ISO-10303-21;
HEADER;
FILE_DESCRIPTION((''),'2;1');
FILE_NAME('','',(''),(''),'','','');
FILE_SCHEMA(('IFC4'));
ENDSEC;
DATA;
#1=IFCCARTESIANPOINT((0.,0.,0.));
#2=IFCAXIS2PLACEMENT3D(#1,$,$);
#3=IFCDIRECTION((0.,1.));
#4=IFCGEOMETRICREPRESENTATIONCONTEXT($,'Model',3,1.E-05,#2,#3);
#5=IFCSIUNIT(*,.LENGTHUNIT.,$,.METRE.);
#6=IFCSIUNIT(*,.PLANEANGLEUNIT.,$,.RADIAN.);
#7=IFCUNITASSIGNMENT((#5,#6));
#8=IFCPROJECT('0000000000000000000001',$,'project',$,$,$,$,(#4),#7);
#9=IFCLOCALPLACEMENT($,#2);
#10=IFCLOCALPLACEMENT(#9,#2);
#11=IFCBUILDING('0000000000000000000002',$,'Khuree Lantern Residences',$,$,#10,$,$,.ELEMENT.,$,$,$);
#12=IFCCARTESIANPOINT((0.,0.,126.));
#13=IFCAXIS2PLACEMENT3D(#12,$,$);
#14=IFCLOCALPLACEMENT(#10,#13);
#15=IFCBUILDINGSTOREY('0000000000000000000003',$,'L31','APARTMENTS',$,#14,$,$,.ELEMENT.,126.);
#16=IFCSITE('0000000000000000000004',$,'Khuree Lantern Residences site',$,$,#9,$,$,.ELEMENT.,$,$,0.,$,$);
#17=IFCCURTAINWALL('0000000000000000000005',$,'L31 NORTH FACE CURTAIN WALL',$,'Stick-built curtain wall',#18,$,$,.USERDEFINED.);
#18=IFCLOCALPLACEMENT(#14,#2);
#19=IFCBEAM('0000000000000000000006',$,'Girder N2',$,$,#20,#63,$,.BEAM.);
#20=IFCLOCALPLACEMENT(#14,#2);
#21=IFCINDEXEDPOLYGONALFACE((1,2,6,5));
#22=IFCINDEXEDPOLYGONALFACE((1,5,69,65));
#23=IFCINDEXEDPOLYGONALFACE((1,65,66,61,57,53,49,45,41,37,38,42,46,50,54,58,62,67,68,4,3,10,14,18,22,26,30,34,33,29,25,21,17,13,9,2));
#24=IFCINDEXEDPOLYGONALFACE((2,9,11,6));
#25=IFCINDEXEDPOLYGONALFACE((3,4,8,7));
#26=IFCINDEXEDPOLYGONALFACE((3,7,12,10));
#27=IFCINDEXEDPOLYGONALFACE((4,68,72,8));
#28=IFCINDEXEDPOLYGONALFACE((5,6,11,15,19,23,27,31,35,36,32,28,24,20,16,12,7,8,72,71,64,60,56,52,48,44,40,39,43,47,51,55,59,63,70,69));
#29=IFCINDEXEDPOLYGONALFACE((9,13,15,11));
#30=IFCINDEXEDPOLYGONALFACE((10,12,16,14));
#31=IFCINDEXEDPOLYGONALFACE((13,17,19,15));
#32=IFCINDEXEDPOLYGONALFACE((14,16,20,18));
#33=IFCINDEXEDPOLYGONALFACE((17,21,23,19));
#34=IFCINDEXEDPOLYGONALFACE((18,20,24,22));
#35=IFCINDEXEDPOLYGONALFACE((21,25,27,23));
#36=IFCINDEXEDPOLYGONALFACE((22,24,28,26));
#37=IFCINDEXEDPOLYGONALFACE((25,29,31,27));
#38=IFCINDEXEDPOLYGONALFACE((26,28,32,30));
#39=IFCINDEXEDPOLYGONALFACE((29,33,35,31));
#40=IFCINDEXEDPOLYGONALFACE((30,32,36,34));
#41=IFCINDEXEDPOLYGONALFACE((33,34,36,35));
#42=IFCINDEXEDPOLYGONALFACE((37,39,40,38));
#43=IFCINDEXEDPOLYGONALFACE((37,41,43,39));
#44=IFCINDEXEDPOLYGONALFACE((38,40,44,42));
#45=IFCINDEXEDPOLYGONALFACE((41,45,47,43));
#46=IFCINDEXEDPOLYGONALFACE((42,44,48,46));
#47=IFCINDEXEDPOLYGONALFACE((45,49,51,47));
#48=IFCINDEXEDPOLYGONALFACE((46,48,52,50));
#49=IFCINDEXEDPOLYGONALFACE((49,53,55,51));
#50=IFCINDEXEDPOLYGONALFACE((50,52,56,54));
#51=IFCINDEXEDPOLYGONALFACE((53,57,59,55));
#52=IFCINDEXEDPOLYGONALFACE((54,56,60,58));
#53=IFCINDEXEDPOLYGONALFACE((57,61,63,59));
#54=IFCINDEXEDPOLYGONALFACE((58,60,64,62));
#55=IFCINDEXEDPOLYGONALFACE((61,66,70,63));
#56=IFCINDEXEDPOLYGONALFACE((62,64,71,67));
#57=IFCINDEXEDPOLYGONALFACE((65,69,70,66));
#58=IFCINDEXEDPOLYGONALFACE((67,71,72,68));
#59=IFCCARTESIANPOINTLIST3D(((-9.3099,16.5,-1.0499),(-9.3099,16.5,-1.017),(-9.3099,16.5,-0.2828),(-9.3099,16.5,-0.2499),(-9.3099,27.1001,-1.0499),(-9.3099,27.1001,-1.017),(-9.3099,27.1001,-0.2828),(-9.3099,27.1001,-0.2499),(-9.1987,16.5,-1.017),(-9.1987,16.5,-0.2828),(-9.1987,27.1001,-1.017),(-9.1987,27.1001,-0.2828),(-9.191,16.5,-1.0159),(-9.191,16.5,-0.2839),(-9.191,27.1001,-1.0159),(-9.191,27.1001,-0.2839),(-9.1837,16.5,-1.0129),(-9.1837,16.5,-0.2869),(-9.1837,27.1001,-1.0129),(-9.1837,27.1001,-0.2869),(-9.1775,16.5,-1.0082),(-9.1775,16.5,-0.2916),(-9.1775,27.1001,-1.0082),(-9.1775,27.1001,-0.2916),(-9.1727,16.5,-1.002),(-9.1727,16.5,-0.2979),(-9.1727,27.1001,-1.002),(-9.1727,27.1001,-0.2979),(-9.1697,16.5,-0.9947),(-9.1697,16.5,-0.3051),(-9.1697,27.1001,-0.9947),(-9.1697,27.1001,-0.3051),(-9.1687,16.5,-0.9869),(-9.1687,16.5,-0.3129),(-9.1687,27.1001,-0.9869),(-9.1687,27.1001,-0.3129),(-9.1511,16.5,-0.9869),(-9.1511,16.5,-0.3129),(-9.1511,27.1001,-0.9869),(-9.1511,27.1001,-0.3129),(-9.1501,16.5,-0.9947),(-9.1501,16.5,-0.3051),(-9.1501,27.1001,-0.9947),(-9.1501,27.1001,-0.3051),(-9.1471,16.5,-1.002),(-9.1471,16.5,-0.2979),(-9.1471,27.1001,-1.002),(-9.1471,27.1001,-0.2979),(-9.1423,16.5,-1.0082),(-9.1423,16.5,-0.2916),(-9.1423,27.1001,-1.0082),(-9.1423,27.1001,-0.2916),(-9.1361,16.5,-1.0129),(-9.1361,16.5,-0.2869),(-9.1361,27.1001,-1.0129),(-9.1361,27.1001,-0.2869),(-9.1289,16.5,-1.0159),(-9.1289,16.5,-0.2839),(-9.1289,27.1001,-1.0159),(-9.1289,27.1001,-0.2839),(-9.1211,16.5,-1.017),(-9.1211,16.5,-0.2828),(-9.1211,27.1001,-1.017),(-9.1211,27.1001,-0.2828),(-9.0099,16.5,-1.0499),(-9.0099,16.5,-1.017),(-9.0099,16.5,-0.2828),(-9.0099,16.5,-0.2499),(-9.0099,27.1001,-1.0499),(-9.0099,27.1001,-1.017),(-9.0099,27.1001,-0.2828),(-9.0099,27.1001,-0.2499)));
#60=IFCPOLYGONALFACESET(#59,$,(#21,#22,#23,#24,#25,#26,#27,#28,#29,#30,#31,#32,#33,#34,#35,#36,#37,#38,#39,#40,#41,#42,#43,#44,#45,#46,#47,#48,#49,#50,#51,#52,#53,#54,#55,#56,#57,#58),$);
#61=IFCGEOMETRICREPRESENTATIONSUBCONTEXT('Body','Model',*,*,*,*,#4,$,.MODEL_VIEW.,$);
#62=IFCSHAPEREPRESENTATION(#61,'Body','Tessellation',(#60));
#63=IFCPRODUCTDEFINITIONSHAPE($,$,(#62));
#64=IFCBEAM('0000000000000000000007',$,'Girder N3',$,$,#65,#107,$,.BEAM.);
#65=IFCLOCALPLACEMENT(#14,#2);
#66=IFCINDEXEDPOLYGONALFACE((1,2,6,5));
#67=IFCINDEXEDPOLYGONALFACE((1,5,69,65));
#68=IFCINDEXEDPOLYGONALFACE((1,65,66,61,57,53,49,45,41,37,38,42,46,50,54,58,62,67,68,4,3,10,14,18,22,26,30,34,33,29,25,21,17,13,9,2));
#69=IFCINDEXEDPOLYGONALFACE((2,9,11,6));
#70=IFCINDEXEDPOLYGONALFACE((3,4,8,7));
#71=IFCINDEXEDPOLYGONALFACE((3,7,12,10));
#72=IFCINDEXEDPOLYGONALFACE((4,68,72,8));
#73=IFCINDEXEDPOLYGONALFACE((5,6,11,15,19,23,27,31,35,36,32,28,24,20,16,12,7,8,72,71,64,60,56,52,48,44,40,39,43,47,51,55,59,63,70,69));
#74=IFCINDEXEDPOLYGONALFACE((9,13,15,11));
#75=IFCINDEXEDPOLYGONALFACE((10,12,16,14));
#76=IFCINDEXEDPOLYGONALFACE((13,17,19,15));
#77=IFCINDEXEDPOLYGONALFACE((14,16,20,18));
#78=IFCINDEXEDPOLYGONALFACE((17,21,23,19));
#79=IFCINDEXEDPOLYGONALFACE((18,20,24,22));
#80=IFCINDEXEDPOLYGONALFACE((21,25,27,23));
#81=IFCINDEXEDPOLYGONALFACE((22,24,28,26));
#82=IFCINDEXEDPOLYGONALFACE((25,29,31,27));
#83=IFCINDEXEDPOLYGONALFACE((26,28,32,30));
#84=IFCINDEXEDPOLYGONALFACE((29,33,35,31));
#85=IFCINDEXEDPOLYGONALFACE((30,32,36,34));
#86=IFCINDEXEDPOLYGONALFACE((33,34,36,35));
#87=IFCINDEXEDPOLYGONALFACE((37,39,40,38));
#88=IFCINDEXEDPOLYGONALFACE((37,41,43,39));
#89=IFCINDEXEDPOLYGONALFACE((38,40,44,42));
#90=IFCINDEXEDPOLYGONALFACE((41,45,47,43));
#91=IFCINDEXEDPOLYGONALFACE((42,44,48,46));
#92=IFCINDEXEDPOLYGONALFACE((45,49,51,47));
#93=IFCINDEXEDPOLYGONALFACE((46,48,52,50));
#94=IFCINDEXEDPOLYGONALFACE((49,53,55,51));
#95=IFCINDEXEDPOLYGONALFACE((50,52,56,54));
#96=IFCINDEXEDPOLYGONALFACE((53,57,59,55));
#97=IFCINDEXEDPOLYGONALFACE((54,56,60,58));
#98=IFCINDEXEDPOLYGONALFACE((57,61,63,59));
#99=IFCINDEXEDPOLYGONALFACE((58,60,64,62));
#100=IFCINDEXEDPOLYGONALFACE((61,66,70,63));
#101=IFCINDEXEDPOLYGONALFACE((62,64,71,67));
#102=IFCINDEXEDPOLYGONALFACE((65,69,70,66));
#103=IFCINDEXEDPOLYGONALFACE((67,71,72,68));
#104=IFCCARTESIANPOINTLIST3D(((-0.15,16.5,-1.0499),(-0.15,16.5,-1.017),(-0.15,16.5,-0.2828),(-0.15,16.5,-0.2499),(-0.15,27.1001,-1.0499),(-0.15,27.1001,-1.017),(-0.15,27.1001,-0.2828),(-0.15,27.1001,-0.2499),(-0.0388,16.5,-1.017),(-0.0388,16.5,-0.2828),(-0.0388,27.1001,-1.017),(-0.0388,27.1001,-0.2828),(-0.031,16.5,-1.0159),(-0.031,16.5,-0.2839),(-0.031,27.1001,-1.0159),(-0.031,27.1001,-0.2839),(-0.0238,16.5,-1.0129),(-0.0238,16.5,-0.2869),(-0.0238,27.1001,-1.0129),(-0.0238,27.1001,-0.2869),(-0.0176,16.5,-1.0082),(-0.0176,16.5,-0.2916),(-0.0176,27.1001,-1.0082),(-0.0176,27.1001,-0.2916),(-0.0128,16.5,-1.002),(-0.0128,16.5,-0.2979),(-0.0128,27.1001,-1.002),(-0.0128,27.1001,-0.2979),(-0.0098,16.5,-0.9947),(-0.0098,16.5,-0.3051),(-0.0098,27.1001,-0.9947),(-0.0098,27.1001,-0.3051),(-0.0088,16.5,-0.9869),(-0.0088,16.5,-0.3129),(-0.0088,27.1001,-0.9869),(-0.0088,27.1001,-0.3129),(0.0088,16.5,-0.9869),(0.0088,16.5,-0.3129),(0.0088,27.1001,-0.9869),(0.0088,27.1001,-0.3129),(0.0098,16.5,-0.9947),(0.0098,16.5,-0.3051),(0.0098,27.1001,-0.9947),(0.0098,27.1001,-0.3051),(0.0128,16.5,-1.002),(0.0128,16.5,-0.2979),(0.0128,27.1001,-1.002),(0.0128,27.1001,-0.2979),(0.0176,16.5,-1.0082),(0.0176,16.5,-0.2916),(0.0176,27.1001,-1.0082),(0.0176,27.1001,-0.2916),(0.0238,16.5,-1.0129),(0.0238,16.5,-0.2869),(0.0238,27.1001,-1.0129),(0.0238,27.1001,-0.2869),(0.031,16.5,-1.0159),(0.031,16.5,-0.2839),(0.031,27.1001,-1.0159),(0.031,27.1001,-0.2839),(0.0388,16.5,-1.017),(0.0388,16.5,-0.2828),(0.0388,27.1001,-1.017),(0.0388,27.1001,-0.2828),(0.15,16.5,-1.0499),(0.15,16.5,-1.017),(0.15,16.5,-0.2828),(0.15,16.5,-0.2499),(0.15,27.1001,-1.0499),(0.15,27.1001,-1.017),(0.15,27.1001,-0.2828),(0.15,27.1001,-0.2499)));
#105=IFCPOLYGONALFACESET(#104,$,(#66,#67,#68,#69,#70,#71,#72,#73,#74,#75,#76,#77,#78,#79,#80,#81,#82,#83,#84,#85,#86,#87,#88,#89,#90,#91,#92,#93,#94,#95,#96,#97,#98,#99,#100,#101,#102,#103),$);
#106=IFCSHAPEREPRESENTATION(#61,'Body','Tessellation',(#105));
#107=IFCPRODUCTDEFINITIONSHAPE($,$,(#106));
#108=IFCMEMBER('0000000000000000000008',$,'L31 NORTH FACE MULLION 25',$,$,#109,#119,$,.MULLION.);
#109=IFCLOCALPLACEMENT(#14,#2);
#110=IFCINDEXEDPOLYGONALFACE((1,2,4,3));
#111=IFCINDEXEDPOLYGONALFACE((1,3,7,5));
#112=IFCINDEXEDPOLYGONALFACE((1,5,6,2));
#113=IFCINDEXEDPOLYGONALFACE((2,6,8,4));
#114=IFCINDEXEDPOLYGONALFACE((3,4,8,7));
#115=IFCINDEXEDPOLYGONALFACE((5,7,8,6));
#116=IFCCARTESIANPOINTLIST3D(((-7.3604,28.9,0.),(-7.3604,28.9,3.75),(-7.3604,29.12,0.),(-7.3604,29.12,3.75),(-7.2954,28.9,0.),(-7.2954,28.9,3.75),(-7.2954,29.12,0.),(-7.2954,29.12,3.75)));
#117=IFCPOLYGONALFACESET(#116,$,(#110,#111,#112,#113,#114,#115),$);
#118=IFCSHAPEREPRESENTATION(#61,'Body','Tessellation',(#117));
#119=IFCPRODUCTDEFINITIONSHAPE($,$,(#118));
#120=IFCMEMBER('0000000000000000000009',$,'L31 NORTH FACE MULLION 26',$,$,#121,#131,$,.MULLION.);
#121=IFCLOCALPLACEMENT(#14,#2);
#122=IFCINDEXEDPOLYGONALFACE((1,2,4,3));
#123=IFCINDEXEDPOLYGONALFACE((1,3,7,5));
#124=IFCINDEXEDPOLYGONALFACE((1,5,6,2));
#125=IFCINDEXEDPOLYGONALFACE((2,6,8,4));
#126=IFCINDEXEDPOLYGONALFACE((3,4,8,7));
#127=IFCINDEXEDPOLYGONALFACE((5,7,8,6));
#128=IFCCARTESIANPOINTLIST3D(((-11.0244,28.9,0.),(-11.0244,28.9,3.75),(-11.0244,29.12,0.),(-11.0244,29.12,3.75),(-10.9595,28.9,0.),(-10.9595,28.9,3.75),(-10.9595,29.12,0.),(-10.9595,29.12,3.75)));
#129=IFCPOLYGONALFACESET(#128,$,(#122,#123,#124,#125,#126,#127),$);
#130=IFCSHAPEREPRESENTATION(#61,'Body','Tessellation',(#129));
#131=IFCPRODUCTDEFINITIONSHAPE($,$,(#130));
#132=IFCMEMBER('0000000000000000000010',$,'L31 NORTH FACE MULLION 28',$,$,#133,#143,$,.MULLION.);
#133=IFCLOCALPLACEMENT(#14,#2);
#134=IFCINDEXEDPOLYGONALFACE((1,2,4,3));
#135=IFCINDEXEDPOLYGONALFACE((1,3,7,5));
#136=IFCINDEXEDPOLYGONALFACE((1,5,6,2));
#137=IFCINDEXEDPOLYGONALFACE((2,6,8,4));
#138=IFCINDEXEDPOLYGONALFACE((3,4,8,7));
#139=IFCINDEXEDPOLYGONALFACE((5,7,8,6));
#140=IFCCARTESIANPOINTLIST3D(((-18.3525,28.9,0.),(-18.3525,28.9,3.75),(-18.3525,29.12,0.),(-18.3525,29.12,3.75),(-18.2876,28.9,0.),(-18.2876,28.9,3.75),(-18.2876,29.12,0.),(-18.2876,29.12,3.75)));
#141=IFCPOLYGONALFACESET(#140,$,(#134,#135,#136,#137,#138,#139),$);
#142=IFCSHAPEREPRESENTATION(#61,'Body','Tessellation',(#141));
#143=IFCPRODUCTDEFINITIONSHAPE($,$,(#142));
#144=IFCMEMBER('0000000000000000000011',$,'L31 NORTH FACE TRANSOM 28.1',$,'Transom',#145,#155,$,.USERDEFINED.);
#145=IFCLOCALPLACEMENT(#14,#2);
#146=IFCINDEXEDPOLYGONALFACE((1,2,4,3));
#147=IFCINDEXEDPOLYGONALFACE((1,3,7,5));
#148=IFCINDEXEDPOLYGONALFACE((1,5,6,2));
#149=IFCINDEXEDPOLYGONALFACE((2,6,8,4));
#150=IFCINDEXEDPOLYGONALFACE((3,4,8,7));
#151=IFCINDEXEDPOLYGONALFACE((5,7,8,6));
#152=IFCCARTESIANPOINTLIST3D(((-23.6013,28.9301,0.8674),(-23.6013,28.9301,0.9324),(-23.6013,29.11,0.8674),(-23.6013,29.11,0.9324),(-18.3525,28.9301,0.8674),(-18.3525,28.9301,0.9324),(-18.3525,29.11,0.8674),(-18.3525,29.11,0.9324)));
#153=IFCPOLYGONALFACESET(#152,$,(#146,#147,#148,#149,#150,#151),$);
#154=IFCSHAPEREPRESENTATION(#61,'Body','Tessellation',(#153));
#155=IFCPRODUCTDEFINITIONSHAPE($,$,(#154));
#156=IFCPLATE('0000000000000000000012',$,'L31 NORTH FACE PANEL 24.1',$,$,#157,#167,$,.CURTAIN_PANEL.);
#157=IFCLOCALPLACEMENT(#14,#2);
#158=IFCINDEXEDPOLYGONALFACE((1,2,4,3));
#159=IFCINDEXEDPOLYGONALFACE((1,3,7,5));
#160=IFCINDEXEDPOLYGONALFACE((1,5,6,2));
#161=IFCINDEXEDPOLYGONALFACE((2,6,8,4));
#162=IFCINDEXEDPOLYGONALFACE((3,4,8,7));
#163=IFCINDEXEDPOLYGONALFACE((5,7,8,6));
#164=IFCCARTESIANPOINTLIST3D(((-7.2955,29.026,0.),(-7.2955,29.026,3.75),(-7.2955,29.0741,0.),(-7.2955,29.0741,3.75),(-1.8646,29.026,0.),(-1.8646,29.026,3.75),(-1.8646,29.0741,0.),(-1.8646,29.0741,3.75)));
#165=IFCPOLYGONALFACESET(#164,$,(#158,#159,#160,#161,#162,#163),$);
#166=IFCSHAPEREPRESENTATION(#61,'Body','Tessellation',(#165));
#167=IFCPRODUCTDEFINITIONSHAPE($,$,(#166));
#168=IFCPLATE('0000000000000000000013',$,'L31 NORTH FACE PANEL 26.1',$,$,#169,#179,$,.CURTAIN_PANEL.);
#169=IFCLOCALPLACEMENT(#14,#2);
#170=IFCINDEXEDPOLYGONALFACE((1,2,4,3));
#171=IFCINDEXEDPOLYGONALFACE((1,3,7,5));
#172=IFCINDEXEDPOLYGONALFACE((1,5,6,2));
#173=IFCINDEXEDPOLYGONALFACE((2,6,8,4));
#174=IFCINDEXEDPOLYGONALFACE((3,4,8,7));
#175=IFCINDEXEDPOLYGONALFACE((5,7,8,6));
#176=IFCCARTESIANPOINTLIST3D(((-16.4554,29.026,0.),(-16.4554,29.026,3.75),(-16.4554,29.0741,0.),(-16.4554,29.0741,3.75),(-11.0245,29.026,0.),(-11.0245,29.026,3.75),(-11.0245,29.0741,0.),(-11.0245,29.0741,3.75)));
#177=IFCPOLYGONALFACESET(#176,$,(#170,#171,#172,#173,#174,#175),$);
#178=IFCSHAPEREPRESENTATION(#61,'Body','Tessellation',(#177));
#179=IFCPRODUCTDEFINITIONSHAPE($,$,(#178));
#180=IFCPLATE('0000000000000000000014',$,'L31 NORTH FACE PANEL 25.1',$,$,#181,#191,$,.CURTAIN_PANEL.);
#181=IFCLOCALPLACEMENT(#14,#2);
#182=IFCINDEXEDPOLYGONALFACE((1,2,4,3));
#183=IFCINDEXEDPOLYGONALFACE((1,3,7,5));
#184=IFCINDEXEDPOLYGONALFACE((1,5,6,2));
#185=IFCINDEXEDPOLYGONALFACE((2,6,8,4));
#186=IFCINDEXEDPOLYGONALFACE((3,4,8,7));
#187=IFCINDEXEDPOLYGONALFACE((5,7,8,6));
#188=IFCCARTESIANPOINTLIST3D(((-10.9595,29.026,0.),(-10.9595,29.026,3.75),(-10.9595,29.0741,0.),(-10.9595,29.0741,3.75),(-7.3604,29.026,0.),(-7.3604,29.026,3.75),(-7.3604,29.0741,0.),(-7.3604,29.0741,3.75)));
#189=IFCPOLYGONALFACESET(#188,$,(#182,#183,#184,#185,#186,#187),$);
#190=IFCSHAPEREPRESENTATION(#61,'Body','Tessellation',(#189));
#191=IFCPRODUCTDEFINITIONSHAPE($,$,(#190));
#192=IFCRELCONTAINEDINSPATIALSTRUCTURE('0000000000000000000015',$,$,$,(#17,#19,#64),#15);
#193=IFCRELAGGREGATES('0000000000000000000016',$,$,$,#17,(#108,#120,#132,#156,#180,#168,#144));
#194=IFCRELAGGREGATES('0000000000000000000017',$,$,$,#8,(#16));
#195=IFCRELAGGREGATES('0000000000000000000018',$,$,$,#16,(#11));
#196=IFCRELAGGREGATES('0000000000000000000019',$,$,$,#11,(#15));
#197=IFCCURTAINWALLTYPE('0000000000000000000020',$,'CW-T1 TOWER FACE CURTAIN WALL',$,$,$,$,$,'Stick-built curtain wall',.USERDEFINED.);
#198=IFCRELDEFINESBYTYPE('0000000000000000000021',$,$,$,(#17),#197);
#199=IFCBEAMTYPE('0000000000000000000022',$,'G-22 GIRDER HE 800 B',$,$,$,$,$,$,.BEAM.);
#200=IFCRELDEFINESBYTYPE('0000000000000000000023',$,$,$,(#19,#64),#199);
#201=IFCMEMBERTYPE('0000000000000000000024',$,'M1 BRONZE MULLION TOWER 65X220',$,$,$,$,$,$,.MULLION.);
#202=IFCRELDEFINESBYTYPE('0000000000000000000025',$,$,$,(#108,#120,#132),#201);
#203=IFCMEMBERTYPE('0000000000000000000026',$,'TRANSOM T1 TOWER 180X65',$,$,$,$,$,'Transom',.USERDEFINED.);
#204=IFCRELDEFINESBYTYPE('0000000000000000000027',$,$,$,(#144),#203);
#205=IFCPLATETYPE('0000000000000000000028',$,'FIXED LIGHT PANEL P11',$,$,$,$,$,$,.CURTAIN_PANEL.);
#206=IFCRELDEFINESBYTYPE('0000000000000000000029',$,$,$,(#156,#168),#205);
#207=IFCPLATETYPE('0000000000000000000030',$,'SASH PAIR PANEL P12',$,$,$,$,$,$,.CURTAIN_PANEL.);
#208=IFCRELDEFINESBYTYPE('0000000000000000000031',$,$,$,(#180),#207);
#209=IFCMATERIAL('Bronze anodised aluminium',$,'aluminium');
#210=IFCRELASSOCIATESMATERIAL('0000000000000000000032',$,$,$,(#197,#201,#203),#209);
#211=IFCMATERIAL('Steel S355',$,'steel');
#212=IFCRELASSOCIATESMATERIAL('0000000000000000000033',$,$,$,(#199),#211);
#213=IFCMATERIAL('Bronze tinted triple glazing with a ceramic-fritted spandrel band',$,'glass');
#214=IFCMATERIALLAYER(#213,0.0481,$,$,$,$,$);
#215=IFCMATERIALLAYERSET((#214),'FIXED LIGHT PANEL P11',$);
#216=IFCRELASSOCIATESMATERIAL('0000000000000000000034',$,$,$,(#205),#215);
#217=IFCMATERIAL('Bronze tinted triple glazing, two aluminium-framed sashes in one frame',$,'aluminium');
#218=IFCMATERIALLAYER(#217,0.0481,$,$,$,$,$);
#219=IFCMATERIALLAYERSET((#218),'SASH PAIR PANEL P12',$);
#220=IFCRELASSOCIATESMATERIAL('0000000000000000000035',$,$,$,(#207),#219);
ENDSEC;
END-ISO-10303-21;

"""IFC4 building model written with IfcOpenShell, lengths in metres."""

from ifc_helpers import new_model, si_unit, direction, frame, origin, origin_2d, place, context, subcontext, project, spatial, rectangle, i_section, extrude, material, layer, layer_set, material_profile, profile_set, type_object, element, aggregate, save


model = new_model("IFC4")

# Units and contexts
model_context = context("Model", 3, precision=1e-05, world=origin(), true_north=direction((0.0, 1.0)))
body_context = subcontext(model_context, "Body", "Model", "MODEL_VIEW")
ifc_project = project(units=[si_unit("LENGTHUNIT", "METRE"), si_unit("PLANEANGLEUNIT", "RADIAN")], contexts=[model_context])

# Site, building, storey
site_placement = place(None, origin())
site = spatial("IfcSite", under=ifc_project, at=site_placement, Name="Khuree Lantern Residences site", CompositionType="ELEMENT", RefElevation=0.0)
building_placement = place(site_placement, origin())
building = spatial("IfcBuilding", under=site, at=building_placement, Name="Khuree Lantern Residences", CompositionType="ELEMENT")
storey_placement = place(building_placement, frame((0.0, 0.0, 126.0)))
storey = spatial("IfcBuildingStorey", under=building, at=storey_placement, Name="L31", Description="APARTMENTS", CompositionType="ELEMENT", Elevation=126.0)

# Shared definitions
ifc_material_1 = material(Name="Steel S355", Category="steel")

# Curtain wall
ifc_material_2 = material(Name="Bronze anodised aluminium", Category="aluminium")
curtain_wall_type = type_object("IfcCurtainWallType", Name="CW-T1 TOWER FACE CURTAIN WALL", ElementType="Stick-built curtain wall", PredefinedType="USERDEFINED", material=ifc_material_2)
curtain_wall_placement = place(storey_placement, origin())
curtain_wall = element("IfcCurtainWall", 1, at=curtain_wall_placement, inside=storey, type_object=curtain_wall_type, Name="L31 NORTH FACE CURTAIN WALL", ObjectType="Stick-built curtain wall", PredefinedType="USERDEFINED")

# Beams
ifc_material_profile_1 = material_profile(ifc_material_1, i_section(OverallWidth=0.3, OverallDepth=0.8, WebThickness=0.0176, FlangeThickness=0.033, FilletRadius=0.03, at=origin_2d()), Name="HE 800 B")
ifc_profile_set_1 = profile_set([ifc_material_profile_1], Name="Steel S355")
beam_type_1 = type_object("IfcBeamType", Name="G-22 GIRDER HE 800 B", PredefinedType="BEAM", material=ifc_profile_set_1)
for number, where, z_axis, x_axis, name in (
    (2, (-9.1599, 27.1001, -0.6499), (0.0, -1.0, 0.0), (1.0, 0.0, 0.0), "Girder N2"),
    (3, (0.0, 27.1001, -0.6499), (0.0, -1.0, 0.0), (1.0, 0.0, 0.0), "Girder N3"),
):
    element("IfcBeam", number, at=place(storey_placement, frame(where, z_axis=z_axis, x_axis=x_axis)), inside=storey, type_object=beam_type_1, Name=name, PredefinedType="BEAM", context=body_context, shape_type="SweptSolid", body=[
        extrude(i_section(OverallWidth=0.3, OverallDepth=0.8, WebThickness=0.0176, FlangeThickness=0.033, FilletRadius=0.03, at=origin_2d()), origin(), (0.0, 0.0, 1.0), 10.6001),
    ])

# Members
ifc_material_profile_2 = material_profile(ifc_material_2, rectangle(XDim=0.0649, YDim=0.22, at=origin_2d()), Name="M1 65X220")
ifc_profile_set_2 = profile_set([ifc_material_profile_2], Name="Bronze anodised aluminium")
member_type_1 = type_object("IfcMemberType", Name="M1 BRONZE MULLION TOWER 65X220", PredefinedType="MULLION", material=ifc_profile_set_2)
member_1_placement = place(storey_placement, frame((-7.3279, 29.01, 0.0), z_axis=(0.0, 0.0, 1.0), x_axis=(-1.0, 0.0, 0.0)))
member_1 = element("IfcMember", 4, at=member_1_placement, type_object=member_type_1, Name="L31 NORTH FACE MULLION 25", PredefinedType="MULLION", context=body_context, shape_type="SweptSolid", body=[
    extrude(rectangle(XDim=0.0649, YDim=0.22, at=origin_2d()), origin(), (0.0, 0.0, 1.0), 3.75),
])
member_2_placement = place(storey_placement, frame((-10.9919, 29.01, 0.0), z_axis=(0.0, 0.0, 1.0), x_axis=(-1.0, 0.0, 0.0)))
member_2 = element("IfcMember", 5, at=member_2_placement, type_object=member_type_1, Name="L31 NORTH FACE MULLION 26", PredefinedType="MULLION", context=body_context, shape_type="SweptSolid", body=[
    extrude(rectangle(XDim=0.0649, YDim=0.22, at=origin_2d()), origin(), (0.0, 0.0, 1.0), 3.75),
])
member_3_placement = place(storey_placement, frame((-18.3201, 29.01, 0.0), z_axis=(0.0, 0.0, 1.0), x_axis=(-1.0, 0.0, 0.0)))
member_3 = element("IfcMember", 6, at=member_3_placement, type_object=member_type_1, Name="L31 NORTH FACE MULLION 28", PredefinedType="MULLION", context=body_context, shape_type="SweptSolid", body=[
    extrude(rectangle(XDim=0.0649, YDim=0.22, at=origin_2d()), origin(), (0.0, 0.0, 1.0), 3.75),
])
ifc_material_profile_3 = material_profile(ifc_material_2, rectangle(XDim=0.1799, YDim=0.0649, at=origin_2d()), Name="T1 180X65")
ifc_profile_set_3 = profile_set([ifc_material_profile_3], Name="Bronze anodised aluminium")
member_type_2 = type_object("IfcMemberType", Name="TRANSOM T1 TOWER 180X65", ElementType="Transom", PredefinedType="USERDEFINED", material=ifc_profile_set_3)
member_4_placement = place(storey_placement, frame((-18.3525, 29.02, 0.8999), z_axis=(-1.0, 0.0, 0.0), x_axis=(0.0, -1.0, 0.0)))
member_4 = element("IfcMember", 7, at=member_4_placement, type_object=member_type_2, Name="L31 NORTH FACE TRANSOM 28.1", ObjectType="Transom", PredefinedType="USERDEFINED", context=body_context, shape_type="SweptSolid", body=[
    extrude(rectangle(XDim=0.1799, YDim=0.0649, at=origin_2d()), origin(), (0.0, 0.0, 1.0), 5.2488),
])

# Plates
ifc_material_3 = material(Name="Bronze tinted triple glazing with a ceramic-fritted spandrel band", Category="glass")
ifc_layer_1 = layer(ifc_material_3, 0.0481)
ifc_layer_set_1 = layer_set([ifc_layer_1], Name="FIXED LIGHT PANEL P11")
plate_type_1 = type_object("IfcPlateType", Name="FIXED LIGHT PANEL P11", PredefinedType="CURTAIN_PANEL", material=ifc_layer_set_1)
plate_1_placement = place(storey_placement, frame((-4.5801, 29.05, 0.0), z_axis=(0.0, 0.0, 1.0), x_axis=(-1.0, 0.0, 0.0)))
plate_1 = element("IfcPlate", 8, at=plate_1_placement, type_object=plate_type_1, Name="L31 NORTH FACE PANEL 24.1", PredefinedType="CURTAIN_PANEL", context=body_context, shape_type="SweptSolid", body=[
    extrude(rectangle(XDim=5.4309, YDim=0.0481, at=origin_2d()), origin(), (0.0, 0.0, 1.0), 3.75),
])
plate_2_placement = place(storey_placement, frame((-13.74, 29.05, 0.0), z_axis=(0.0, 0.0, 1.0), x_axis=(-1.0, 0.0, 0.0)))
plate_2 = element("IfcPlate", 9, at=plate_2_placement, type_object=plate_type_1, Name="L31 NORTH FACE PANEL 26.1", PredefinedType="CURTAIN_PANEL", context=body_context, shape_type="SweptSolid", body=[
    extrude(rectangle(XDim=5.4309, YDim=0.0481, at=origin_2d()), origin(), (0.0, 0.0, 1.0), 3.75),
])
ifc_material_4 = material(Name="Bronze tinted triple glazing, two aluminium-framed sashes in one frame", Category="aluminium")
ifc_layer_2 = layer(ifc_material_4, 0.0481)
ifc_layer_set_2 = layer_set([ifc_layer_2], Name="SASH PAIR PANEL P12")
plate_type_2 = type_object("IfcPlateType", Name="SASH PAIR PANEL P12", PredefinedType="CURTAIN_PANEL", material=ifc_layer_set_2)
plate_3_placement = place(storey_placement, frame((-9.1599, 29.05, 0.0), z_axis=(0.0, 0.0, 1.0), x_axis=(-1.0, 0.0, 0.0)))
plate_3 = element("IfcPlate", 10, at=plate_3_placement, type_object=plate_type_2, Name="L31 NORTH FACE PANEL 25.1", PredefinedType="CURTAIN_PANEL", context=body_context, shape_type="SweptSolid", body=[
    extrude(rectangle(XDim=3.5991, YDim=0.0481, at=origin_2d()), origin(), (0.0, 0.0, 1.0), 3.75),
])
aggregate(curtain_wall, [member_1, member_2, member_3, plate_1, plate_3, plate_2, member_4])

save(model, "model.ifc")
